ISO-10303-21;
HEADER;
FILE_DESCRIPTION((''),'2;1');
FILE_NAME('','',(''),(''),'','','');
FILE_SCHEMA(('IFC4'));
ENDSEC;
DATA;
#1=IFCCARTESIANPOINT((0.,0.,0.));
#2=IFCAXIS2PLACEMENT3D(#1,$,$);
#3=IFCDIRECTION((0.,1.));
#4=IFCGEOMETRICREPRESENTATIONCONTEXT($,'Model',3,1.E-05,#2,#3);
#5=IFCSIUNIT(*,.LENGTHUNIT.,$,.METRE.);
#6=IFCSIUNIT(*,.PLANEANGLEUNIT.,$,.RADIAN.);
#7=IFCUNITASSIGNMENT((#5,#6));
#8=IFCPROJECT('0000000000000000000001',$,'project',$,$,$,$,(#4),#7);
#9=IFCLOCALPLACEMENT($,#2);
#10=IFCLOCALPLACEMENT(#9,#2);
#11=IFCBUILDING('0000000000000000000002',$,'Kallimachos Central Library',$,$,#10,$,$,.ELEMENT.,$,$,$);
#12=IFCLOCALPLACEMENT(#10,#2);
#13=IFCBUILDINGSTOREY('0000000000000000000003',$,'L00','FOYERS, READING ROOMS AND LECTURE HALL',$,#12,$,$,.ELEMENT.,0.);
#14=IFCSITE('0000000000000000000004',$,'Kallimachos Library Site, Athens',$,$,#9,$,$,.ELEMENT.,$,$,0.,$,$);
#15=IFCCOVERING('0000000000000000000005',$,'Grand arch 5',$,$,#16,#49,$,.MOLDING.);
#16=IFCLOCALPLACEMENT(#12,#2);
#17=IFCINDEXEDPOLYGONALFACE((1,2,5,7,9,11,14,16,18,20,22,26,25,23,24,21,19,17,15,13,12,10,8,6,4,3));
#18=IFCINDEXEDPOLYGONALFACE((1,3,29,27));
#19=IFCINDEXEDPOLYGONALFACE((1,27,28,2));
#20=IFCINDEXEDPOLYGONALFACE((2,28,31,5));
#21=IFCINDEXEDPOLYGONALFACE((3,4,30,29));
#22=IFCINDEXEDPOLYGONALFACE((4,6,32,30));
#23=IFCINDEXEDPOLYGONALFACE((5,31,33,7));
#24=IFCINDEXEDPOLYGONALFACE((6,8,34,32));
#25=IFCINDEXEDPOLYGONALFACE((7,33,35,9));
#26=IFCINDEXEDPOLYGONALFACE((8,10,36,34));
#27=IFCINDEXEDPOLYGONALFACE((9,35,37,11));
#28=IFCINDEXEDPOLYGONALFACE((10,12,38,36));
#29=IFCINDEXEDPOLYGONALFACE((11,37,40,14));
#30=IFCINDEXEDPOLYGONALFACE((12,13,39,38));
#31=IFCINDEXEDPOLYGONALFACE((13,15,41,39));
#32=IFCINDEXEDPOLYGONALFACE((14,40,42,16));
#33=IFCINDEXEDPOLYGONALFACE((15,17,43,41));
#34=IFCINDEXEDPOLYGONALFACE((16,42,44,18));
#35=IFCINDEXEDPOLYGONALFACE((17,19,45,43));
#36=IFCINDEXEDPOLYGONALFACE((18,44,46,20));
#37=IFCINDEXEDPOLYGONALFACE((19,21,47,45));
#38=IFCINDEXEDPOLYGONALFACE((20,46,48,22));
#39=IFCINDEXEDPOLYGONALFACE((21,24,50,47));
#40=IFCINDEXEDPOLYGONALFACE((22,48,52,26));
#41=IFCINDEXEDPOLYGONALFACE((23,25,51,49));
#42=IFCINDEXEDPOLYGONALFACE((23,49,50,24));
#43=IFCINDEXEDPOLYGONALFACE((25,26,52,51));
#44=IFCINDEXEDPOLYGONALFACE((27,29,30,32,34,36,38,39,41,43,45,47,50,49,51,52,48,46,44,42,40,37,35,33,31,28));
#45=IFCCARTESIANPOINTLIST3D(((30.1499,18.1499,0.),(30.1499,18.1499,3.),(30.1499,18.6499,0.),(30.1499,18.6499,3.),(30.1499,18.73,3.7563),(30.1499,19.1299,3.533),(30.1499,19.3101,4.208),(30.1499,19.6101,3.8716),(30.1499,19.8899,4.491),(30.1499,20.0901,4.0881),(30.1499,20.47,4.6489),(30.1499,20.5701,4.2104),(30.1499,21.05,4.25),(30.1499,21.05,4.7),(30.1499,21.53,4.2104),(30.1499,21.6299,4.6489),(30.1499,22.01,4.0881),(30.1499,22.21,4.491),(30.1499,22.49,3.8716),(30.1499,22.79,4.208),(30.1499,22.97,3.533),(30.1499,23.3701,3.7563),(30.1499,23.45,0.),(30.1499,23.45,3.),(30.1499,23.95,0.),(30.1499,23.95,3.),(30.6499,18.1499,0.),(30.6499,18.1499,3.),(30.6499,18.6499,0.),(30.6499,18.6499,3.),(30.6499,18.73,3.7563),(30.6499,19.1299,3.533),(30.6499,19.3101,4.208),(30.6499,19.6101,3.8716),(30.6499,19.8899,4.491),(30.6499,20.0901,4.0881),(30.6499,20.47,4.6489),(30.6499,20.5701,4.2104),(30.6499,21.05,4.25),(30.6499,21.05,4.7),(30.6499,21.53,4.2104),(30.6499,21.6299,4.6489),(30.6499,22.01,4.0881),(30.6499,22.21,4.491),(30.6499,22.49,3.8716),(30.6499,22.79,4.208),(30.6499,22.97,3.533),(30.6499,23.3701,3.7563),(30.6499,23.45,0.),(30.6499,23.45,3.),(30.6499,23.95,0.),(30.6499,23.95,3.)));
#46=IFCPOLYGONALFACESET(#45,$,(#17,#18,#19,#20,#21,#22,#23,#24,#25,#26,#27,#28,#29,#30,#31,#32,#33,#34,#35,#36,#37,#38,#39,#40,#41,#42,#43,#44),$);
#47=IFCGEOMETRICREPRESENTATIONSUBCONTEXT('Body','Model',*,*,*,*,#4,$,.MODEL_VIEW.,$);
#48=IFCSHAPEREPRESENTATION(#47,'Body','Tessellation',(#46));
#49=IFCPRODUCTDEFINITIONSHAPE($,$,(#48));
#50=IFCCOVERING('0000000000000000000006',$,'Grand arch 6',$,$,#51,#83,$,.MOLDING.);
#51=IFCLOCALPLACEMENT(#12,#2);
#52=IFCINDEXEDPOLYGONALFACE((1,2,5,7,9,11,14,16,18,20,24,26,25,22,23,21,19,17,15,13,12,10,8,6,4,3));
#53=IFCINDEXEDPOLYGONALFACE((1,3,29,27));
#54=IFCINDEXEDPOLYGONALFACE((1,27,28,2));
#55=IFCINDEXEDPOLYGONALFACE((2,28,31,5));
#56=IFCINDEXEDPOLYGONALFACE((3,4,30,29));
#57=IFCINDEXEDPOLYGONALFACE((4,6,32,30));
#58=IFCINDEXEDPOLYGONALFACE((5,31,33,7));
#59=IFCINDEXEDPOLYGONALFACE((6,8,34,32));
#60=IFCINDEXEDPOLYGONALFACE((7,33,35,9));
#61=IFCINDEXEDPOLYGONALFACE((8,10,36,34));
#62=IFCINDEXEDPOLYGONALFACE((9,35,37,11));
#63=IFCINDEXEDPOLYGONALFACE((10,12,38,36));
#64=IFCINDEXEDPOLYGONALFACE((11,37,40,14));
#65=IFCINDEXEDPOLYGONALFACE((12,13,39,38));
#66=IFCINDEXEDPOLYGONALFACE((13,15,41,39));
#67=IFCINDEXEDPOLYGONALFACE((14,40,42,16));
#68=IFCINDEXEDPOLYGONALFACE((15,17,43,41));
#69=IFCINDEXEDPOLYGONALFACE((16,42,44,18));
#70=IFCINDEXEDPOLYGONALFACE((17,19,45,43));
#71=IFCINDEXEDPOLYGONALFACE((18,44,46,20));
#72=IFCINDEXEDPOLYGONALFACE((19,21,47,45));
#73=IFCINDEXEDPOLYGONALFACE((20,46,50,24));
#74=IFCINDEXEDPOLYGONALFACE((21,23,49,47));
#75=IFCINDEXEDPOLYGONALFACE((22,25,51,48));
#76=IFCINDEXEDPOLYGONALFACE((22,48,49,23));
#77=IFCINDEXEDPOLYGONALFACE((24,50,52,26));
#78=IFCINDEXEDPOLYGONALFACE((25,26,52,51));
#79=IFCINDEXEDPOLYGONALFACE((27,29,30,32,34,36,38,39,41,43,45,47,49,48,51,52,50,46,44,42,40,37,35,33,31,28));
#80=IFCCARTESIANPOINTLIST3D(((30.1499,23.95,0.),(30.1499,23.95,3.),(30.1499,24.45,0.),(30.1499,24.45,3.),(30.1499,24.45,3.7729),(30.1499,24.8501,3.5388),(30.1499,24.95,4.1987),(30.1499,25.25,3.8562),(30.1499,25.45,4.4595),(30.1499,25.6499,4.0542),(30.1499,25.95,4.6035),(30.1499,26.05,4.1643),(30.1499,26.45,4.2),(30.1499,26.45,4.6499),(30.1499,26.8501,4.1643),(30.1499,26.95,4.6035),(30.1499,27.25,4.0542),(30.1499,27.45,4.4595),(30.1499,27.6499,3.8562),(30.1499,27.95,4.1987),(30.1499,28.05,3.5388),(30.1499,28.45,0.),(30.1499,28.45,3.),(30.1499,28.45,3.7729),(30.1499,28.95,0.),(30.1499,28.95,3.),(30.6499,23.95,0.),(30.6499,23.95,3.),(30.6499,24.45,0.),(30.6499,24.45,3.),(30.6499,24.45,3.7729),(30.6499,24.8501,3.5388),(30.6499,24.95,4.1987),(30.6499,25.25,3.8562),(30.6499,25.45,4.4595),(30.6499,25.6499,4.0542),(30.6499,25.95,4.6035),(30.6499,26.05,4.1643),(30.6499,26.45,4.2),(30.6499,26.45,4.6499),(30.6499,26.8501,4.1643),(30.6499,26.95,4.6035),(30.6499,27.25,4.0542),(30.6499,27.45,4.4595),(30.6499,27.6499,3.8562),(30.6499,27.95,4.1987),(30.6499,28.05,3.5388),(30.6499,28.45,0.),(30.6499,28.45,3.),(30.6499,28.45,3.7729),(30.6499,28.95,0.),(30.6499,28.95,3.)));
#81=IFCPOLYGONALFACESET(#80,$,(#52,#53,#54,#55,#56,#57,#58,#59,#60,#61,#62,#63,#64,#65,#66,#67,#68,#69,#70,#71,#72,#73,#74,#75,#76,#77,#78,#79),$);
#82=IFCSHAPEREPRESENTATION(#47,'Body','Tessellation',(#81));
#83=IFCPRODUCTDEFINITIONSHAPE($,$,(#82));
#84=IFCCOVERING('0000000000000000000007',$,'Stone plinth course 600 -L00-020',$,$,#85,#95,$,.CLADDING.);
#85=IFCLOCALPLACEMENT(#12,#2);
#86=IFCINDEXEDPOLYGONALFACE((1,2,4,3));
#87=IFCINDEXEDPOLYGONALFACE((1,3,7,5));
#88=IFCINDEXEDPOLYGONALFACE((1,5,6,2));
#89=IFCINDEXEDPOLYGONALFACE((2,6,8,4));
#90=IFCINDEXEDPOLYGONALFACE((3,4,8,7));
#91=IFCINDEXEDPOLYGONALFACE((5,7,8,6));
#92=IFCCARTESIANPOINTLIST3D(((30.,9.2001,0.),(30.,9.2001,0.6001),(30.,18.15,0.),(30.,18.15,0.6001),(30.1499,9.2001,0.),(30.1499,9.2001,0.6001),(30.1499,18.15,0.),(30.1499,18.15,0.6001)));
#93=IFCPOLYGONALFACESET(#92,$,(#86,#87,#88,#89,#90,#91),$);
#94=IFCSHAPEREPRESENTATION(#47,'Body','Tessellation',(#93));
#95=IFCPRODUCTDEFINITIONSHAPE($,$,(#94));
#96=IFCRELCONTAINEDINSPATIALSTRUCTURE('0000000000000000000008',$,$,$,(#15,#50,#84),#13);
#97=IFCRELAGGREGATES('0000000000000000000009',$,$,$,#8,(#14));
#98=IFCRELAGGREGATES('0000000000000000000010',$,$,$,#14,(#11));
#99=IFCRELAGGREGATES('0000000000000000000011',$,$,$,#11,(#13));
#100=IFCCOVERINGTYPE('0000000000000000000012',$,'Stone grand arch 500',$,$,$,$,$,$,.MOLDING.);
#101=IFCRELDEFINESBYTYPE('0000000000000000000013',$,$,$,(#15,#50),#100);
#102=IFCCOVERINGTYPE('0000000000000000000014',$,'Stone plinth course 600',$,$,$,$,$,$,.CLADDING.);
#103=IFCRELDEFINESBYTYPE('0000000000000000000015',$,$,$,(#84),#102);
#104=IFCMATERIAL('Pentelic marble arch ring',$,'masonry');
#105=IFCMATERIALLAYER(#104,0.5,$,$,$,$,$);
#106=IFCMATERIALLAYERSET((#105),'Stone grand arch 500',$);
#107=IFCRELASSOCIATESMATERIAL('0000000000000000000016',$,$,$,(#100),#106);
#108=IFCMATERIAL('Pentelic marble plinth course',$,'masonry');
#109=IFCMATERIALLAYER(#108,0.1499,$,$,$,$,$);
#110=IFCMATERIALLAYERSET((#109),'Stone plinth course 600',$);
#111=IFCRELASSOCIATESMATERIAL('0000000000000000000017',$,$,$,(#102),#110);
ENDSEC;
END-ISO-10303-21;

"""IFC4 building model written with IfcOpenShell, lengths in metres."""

from ifc_helpers import new_model, si_unit, direction, frame, origin, origin_2d, place, context, subcontext, project, spatial, polyline, rectangle, outline, extrude, material, layer, layer_set, type_object, element, save


model = new_model("IFC4")

# Units and contexts
model_context = context("Model", 3, precision=1e-05, world=origin(), true_north=direction((0.0, 1.0)))
body_context = subcontext(model_context, "Body", "Model", "MODEL_VIEW")
ifc_project = project(units=[si_unit("LENGTHUNIT", "METRE"), si_unit("PLANEANGLEUNIT", "RADIAN")], contexts=[model_context])

# Site, building, storey
site_placement = place(None, origin())
site = spatial("IfcSite", under=ifc_project, at=site_placement, Name="Kallimachos Library Site, Athens", CompositionType="ELEMENT", RefElevation=0.0)
building_placement = place(site_placement, origin())
building = spatial("IfcBuilding", under=site, at=building_placement, Name="Kallimachos Central Library", CompositionType="ELEMENT")
storey_placement = place(building_placement, origin())
storey = spatial("IfcBuildingStorey", under=building, at=storey_placement, Name="L00", Description="FOYERS, READING ROOMS AND LECTURE HALL", CompositionType="ELEMENT", Elevation=0.0)

# Coverings
ifc_material_1 = material(Name="Pentelic marble arch ring", Category="masonry")
ifc_layer_1 = layer(ifc_material_1, 0.5)
ifc_layer_set_1 = layer_set([ifc_layer_1], Name="Stone grand arch 500")
covering_type_1 = type_object("IfcCoveringType", Name="Stone grand arch 500", PredefinedType="MOLDING", material=ifc_layer_set_1)
covering_1_placement = place(storey_placement, frame((30.6499, 18.6499, 0.0), z_axis=(1.0, 0.0, 0.0), x_axis=(0.0, 0.0, 1.0)))
element("IfcCovering", 1, at=covering_1_placement, inside=storey, type_object=covering_type_1, Name="Grand arch 5", PredefinedType="MOLDING", context=body_context, shape_type="SweptSolid", body=[
    extrude(outline(polyline([(0.0, 0.0), (3.0, 0.0), (3.533, -0.48), (3.8716, -0.9602), (4.0881, -1.4402), (4.2104, -1.9202), (4.25, -2.4001), (4.2104, -2.8801), (4.0881, -3.3601), (3.8716, -3.8401), (3.533, -4.3201), (3.0, -4.8), (0.0, -4.8), (0.0, -5.3), (3.0, -5.3), (3.7563, -4.7202), (4.208, -4.1401), (4.491, -3.5601), (4.6489, -2.98), (4.7, -2.4001), (4.6489, -1.8201), (4.491, -1.24), (4.208, -0.6602), (3.7563, -0.0801), (3.0, 0.5), (0.0, 0.5), (0.0, 0.0)])), origin(), (0.0, 0.0, -1.0), 0.5),
])
covering_2_placement = place(storey_placement, frame((30.6499, 24.45, 0.0), z_axis=(1.0, 0.0, 0.0), x_axis=(0.0, 0.0, 1.0)))
element("IfcCovering", 2, at=covering_2_placement, inside=storey, type_object=covering_type_1, Name="Grand arch 6", PredefinedType="MOLDING", context=body_context, shape_type="SweptSolid", body=[
    extrude(outline(polyline([(0.0, 0.0), (3.0, 0.0), (3.5388, -0.4001), (3.8562, -0.8), (4.0542, -1.2), (4.1643, -1.6001), (4.2, -2.0), (4.1643, -2.4001), (4.0542, -2.8), (3.8562, -3.2), (3.5388, -3.6001), (3.0, -4.0), (0.0, -4.0), (0.0, -4.5), (3.0, -4.5), (3.7729, -4.0), (4.1987, -3.5), (4.4595, -3.0), (4.6035, -2.5), (4.6499, -2.0), (4.6035, -1.5), (4.4595, -1.0), (4.1987, -0.5), (3.7729, 0.0), (3.0, 0.5), (0.0, 0.5), (0.0, 0.0)])), origin(), (0.0, 0.0, -1.0), 0.5),
])
ifc_material_2 = material(Name="Pentelic marble plinth course", Category="masonry")
ifc_layer_2 = layer(ifc_material_2, 0.1499)
ifc_layer_set_2 = layer_set([ifc_layer_2], Name="Stone plinth course 600")
covering_type_2 = type_object("IfcCoveringType", Name="Stone plinth course 600", PredefinedType="CLADDING", material=ifc_layer_set_2)
covering_3_placement = place(storey_placement, frame((30.075, 13.675, 0.0), z_axis=(0.0, 0.0, 1.0), x_axis=(1.0, 0.0, 0.0)))
element("IfcCovering", 3, at=covering_3_placement, inside=storey, type_object=covering_type_2, Name="Stone plinth course 600 -L00-020", PredefinedType="CLADDING", context=body_context, shape_type="SweptSolid", body=[
    extrude(rectangle(XDim=0.1499, YDim=8.95, at=origin_2d()), origin(), (0.0, 0.0, 1.0), 0.6001),
])

save(model, "model.ifc")
